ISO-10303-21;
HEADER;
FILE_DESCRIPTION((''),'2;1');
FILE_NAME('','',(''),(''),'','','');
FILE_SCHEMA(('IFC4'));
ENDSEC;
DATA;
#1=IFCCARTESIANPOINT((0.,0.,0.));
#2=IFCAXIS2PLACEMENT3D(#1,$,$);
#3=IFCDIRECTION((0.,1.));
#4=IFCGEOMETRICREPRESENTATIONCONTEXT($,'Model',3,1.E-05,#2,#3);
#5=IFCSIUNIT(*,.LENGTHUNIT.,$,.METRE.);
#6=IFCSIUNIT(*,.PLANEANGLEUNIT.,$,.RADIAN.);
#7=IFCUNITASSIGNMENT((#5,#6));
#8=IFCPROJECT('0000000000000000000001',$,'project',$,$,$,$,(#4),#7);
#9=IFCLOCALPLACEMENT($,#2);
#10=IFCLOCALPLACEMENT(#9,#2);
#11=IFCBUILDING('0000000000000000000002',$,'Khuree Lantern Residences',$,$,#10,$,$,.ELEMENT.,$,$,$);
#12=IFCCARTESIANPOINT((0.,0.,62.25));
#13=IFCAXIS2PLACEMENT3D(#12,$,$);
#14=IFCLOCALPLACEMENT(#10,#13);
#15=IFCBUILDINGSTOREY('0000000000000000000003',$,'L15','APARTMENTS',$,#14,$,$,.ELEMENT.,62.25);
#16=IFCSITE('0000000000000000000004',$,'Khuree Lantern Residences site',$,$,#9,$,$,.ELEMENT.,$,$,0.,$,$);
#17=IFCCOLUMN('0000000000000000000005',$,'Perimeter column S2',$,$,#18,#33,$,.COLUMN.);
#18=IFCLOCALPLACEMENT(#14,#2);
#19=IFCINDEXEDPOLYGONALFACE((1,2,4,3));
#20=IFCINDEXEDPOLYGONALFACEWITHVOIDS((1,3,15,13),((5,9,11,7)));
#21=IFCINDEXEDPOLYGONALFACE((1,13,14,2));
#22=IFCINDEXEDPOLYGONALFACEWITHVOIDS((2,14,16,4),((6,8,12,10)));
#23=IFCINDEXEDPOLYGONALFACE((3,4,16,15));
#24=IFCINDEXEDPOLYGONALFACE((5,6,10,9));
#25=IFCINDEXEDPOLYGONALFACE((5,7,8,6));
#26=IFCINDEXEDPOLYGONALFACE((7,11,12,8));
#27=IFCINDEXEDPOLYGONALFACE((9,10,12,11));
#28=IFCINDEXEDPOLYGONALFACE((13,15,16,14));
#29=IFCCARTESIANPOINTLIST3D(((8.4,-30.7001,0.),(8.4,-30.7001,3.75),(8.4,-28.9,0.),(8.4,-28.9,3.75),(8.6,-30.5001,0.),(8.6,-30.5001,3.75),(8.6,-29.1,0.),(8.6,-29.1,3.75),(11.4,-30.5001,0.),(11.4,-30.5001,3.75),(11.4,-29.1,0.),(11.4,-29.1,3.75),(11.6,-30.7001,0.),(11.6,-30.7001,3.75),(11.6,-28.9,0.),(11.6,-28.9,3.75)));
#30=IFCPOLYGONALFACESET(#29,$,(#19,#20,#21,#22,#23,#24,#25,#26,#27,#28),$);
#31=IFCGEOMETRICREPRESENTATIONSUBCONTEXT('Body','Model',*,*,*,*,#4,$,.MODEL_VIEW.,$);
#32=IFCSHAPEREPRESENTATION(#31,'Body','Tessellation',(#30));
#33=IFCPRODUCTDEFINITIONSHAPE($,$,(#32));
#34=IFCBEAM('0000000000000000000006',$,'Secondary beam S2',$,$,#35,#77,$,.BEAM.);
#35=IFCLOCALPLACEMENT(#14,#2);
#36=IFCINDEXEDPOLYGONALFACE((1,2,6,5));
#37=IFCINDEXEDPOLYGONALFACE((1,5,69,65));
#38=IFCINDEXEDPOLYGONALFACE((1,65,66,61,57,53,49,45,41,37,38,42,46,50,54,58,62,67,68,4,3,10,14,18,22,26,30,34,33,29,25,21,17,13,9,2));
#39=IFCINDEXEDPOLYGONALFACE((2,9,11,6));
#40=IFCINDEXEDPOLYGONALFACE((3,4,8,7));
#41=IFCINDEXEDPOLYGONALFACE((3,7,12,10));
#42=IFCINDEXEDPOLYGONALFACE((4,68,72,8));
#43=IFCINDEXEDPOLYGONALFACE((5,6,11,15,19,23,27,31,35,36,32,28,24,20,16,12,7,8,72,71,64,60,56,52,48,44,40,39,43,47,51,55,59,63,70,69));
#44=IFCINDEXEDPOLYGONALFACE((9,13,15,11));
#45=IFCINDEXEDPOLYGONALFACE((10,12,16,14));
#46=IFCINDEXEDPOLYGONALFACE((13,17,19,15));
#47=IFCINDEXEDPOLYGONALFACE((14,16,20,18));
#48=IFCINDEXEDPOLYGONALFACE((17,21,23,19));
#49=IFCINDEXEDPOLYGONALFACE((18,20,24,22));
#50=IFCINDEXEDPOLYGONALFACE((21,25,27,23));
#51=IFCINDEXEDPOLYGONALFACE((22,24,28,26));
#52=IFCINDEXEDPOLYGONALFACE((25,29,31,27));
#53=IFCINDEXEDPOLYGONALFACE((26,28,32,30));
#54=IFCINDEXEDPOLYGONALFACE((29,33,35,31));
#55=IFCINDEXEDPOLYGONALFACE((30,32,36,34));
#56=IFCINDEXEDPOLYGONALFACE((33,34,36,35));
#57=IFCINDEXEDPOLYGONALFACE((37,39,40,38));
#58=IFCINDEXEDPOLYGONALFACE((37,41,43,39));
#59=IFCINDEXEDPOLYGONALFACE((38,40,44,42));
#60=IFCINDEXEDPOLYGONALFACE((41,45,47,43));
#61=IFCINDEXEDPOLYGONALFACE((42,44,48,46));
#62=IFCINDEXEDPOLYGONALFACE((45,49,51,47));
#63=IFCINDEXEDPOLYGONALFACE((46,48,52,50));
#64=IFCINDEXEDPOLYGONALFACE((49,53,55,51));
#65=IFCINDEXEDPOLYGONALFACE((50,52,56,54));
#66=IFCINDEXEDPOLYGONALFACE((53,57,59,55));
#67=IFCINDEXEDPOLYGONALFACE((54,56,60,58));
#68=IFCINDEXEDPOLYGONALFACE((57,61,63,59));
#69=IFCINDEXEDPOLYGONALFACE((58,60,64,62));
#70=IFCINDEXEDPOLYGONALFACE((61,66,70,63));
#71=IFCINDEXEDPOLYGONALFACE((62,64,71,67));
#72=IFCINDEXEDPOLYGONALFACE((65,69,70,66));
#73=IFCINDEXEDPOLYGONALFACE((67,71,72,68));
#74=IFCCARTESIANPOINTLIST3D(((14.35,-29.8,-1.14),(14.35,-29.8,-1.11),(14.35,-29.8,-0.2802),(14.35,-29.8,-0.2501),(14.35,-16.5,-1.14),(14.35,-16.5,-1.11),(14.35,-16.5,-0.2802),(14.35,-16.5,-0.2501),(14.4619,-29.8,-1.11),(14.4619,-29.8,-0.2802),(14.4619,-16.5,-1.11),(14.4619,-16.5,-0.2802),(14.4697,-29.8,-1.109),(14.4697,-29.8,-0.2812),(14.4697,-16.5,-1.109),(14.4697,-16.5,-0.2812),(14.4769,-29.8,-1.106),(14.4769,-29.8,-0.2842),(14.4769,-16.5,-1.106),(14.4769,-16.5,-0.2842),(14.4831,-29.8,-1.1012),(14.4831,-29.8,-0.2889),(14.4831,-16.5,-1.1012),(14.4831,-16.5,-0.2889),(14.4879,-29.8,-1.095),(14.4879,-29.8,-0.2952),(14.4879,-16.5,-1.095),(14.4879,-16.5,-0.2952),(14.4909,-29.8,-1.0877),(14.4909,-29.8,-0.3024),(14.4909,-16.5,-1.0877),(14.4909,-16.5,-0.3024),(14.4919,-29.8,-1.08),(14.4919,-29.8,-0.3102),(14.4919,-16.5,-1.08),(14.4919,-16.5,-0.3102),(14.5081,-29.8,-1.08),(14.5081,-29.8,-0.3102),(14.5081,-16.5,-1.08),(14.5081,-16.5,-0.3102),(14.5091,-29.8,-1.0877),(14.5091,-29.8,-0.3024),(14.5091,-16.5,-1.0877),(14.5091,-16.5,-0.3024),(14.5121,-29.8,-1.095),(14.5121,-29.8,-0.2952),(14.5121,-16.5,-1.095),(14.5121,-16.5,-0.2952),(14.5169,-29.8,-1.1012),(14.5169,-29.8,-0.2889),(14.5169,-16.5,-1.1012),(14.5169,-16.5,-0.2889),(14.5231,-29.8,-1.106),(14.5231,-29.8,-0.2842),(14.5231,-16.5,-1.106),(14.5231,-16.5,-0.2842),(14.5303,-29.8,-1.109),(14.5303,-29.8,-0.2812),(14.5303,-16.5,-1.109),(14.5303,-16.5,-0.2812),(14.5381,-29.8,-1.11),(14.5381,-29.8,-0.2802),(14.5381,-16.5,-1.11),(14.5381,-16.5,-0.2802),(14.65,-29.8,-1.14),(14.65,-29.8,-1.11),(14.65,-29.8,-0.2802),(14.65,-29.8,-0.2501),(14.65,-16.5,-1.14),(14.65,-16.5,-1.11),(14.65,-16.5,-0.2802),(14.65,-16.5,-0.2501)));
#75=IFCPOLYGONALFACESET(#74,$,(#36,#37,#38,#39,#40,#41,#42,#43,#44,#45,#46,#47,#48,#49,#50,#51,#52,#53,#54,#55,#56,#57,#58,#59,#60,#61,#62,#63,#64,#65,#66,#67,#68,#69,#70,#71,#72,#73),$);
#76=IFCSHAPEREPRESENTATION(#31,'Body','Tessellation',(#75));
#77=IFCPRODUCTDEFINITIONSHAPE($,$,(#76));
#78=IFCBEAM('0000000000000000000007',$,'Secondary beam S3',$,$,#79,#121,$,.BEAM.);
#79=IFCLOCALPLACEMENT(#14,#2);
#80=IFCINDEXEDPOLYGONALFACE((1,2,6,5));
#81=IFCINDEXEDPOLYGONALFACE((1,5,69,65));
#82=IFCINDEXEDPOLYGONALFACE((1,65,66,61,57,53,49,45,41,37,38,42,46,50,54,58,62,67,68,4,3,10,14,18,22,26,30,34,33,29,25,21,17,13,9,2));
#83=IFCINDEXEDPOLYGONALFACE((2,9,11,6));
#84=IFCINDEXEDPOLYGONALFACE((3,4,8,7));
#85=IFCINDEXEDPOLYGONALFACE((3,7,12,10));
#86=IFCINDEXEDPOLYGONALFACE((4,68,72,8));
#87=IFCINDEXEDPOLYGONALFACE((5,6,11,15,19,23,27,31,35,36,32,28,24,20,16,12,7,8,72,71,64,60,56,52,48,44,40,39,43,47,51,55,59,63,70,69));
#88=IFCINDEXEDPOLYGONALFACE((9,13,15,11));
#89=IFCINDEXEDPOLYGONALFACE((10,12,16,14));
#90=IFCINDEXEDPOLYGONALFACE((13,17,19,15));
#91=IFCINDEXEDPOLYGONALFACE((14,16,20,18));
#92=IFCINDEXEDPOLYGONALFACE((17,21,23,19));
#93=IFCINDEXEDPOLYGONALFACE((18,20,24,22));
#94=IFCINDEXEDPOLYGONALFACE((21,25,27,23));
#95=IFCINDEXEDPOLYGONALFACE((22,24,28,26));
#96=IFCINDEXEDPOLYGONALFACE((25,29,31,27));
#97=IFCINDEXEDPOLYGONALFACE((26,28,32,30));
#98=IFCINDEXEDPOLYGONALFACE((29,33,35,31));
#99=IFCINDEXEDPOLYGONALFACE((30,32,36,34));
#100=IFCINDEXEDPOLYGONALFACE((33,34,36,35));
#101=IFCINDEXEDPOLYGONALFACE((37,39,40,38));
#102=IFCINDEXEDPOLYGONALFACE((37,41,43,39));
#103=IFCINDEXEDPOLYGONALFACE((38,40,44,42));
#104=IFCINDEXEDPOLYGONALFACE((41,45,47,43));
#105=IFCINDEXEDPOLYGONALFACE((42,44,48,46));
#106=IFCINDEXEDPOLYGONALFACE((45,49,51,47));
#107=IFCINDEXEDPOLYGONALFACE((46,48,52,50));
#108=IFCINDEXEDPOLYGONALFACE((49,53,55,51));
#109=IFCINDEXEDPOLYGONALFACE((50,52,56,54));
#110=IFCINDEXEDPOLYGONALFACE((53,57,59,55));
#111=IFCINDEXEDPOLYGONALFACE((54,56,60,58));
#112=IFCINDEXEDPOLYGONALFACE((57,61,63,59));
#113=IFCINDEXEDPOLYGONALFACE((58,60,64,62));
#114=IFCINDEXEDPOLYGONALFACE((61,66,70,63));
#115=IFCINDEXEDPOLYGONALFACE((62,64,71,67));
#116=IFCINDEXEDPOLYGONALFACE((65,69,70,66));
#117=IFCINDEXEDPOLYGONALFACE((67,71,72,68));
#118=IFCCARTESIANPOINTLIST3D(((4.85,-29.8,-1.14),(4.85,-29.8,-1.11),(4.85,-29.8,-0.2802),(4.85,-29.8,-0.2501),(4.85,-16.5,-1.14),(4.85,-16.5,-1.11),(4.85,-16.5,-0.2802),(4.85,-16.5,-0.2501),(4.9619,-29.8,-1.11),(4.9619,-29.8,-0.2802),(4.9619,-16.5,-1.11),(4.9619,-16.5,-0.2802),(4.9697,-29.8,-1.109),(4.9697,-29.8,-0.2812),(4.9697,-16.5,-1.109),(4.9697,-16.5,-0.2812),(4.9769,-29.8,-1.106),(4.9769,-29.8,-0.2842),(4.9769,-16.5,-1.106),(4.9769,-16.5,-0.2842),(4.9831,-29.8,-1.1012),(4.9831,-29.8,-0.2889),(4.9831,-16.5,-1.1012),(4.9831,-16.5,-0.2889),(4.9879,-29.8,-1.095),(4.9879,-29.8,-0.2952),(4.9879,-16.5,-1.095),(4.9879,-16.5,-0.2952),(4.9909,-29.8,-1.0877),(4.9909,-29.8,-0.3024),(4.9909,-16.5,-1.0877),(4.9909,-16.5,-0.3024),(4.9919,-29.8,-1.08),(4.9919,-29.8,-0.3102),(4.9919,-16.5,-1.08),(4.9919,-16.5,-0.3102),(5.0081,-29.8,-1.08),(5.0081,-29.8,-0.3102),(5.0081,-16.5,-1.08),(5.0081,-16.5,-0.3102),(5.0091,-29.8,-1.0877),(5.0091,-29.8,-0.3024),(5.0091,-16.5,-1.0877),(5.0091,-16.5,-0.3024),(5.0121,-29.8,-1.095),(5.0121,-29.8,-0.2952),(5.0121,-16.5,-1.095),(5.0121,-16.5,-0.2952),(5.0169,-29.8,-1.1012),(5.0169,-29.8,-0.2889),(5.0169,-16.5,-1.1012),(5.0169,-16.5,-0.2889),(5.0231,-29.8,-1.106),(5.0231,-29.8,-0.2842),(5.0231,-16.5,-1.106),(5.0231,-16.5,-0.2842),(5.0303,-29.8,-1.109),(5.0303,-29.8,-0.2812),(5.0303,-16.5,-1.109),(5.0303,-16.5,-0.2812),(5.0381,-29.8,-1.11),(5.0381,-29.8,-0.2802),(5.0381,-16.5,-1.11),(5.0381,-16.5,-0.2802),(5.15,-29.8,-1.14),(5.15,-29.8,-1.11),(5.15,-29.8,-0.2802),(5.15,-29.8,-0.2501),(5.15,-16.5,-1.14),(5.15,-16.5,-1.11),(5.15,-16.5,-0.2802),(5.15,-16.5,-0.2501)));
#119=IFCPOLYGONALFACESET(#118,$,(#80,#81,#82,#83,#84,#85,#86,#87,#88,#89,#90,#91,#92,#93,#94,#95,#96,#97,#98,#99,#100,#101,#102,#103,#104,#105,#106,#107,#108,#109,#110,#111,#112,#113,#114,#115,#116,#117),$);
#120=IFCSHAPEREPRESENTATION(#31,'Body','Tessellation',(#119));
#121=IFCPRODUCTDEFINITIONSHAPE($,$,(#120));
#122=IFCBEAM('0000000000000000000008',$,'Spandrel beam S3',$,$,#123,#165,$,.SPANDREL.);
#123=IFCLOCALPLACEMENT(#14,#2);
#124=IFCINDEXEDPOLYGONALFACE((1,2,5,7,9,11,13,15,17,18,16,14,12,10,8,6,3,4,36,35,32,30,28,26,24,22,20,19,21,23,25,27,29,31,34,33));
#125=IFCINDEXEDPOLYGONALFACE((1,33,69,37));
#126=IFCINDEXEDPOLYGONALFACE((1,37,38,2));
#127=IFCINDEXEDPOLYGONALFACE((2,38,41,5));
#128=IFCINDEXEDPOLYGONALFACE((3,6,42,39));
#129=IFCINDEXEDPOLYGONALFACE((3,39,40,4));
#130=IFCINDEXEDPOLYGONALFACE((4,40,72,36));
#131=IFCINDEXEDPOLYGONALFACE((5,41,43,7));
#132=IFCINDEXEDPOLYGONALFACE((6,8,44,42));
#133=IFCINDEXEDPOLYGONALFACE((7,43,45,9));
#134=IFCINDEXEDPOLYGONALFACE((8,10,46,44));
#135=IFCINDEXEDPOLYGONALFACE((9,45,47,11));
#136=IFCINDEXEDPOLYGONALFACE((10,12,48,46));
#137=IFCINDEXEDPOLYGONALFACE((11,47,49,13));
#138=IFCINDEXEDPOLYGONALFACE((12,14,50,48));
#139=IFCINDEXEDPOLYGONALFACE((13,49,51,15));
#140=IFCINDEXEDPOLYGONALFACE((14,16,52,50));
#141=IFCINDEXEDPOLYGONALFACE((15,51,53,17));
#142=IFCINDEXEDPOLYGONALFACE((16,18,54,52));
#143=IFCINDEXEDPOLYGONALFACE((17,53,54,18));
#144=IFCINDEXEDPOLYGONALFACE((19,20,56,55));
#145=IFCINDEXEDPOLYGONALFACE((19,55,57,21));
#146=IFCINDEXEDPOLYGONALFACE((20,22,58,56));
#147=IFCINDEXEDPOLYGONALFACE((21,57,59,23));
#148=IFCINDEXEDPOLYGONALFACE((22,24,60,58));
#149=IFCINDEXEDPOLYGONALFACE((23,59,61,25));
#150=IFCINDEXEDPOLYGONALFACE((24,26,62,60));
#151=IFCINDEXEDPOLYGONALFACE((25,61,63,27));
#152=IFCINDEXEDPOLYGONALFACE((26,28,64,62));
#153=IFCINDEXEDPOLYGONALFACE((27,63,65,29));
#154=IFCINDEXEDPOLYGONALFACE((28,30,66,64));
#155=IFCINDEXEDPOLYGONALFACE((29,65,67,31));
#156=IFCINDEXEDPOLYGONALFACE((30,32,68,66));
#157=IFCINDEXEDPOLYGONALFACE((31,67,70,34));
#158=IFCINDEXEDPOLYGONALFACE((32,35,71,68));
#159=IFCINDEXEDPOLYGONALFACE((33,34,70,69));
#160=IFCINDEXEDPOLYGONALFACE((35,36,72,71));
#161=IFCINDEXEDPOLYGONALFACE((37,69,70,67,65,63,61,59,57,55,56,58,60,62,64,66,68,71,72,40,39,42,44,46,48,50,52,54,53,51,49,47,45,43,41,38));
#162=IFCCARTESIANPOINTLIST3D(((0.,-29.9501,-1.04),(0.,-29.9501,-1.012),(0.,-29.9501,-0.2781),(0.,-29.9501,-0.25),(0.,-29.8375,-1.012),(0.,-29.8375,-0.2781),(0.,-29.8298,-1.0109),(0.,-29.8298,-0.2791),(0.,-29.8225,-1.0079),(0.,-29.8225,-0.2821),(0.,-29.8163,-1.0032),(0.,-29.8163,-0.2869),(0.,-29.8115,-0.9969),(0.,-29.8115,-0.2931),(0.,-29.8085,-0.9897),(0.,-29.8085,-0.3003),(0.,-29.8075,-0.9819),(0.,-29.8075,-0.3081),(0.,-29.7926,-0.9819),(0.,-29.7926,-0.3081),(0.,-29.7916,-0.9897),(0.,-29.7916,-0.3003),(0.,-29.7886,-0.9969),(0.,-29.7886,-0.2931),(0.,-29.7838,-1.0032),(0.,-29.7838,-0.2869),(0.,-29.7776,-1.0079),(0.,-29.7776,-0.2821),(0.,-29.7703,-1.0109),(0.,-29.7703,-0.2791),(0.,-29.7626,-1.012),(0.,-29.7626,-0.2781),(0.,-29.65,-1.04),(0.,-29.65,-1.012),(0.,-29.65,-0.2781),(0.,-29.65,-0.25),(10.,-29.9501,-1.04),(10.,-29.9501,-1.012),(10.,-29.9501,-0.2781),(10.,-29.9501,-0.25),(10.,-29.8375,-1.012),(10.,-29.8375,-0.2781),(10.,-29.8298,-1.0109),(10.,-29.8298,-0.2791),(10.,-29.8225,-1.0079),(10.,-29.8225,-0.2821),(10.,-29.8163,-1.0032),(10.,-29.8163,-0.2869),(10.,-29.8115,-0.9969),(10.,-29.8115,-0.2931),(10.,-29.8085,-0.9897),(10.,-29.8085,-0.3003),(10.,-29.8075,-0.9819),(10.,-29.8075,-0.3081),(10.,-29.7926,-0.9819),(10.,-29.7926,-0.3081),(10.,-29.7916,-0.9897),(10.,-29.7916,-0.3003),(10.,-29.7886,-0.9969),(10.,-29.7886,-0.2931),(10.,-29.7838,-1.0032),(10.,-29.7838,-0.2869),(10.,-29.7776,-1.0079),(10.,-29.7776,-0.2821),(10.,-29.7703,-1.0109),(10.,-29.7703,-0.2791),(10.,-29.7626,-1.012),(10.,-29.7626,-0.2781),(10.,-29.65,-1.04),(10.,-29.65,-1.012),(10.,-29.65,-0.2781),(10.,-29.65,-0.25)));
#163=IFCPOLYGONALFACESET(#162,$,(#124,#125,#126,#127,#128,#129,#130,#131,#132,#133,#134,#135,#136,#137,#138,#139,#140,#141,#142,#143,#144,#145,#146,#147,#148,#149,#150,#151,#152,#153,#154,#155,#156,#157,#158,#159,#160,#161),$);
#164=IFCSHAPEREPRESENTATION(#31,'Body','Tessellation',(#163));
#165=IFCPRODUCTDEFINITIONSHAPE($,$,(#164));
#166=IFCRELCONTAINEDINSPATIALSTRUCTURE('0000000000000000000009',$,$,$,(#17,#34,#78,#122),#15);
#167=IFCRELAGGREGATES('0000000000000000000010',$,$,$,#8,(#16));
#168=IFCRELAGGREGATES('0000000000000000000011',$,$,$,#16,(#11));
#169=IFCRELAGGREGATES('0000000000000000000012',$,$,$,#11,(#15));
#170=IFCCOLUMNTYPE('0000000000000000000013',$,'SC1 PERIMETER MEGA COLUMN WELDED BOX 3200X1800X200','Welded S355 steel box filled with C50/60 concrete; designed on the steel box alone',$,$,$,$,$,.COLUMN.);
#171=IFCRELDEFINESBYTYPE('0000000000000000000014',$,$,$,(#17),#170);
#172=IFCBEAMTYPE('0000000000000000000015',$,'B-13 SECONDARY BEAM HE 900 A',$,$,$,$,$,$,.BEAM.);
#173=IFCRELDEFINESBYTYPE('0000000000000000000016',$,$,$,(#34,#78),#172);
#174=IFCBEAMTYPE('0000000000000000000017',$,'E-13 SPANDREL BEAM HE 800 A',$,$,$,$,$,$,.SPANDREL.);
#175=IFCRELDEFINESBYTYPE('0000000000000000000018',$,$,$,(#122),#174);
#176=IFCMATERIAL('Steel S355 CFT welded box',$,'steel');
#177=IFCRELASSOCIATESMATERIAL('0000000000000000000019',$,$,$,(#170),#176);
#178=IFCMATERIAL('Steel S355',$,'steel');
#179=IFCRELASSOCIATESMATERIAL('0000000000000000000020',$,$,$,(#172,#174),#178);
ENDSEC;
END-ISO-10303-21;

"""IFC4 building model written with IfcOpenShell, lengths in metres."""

from ifc_helpers import new_model, si_unit, direction, frame, origin, origin_2d, place, context, subcontext, project, spatial, hollow_rectangle, i_section, extrude, material, material_profile, profile_set, type_object, element, save


model = new_model("IFC4")

# Units and contexts
model_context = context("Model", 3, precision=1e-05, world=origin(), true_north=direction((0.0, 1.0)))
body_context = subcontext(model_context, "Body", "Model", "MODEL_VIEW")
ifc_project = project(units=[si_unit("LENGTHUNIT", "METRE"), si_unit("PLANEANGLEUNIT", "RADIAN")], contexts=[model_context])

# Site, building, storey
site_placement = place(None, origin())
site = spatial("IfcSite", under=ifc_project, at=site_placement, Name="Khuree Lantern Residences site", CompositionType="ELEMENT", RefElevation=0.0)
building_placement = place(site_placement, origin())
building = spatial("IfcBuilding", under=site, at=building_placement, Name="Khuree Lantern Residences", CompositionType="ELEMENT")
storey_placement = place(building_placement, frame((0.0, 0.0, 62.25)))
storey = spatial("IfcBuildingStorey", under=building, at=storey_placement, Name="L15", Description="APARTMENTS", CompositionType="ELEMENT", Elevation=62.25)

# Column
ifc_material_1 = material(Name="Steel S355 CFT welded box", Category="steel")
ifc_material_profile_1 = material_profile(ifc_material_1, hollow_rectangle(XDim=3.2, YDim=1.8, WallThickness=0.2, at=origin_2d()), Name="WELDED BOX 3200X1800X200")
ifc_profile_set_1 = profile_set([ifc_material_profile_1], Name="Steel S355 CFT welded box")
column_type = type_object("IfcColumnType", Name="SC1 PERIMETER MEGA COLUMN WELDED BOX 3200X1800X200", Description="Welded S355 steel box filled with C50/60 concrete; designed on the steel box alone", PredefinedType="COLUMN", material=ifc_profile_set_1)
column_placement = place(storey_placement, frame((10.0, -29.8, 0.0), z_axis=(0.0, 0.0, 1.0), x_axis=(1.0, 0.0, 0.0)))
element("IfcColumn", 1, at=column_placement, inside=storey, type_object=column_type, Name="Perimeter column S2", PredefinedType="COLUMN", context=body_context, shape_type="SweptSolid", body=[
    extrude(hollow_rectangle(XDim=3.2, YDim=1.8, WallThickness=0.2, at=origin_2d()), origin(), (0.0, 0.0, 1.0), 3.75),
])

# Beams
ifc_material_2 = material(Name="Steel S355", Category="steel")
ifc_material_profile_2 = material_profile(ifc_material_2, i_section(OverallWidth=0.3, OverallDepth=0.8899, WebThickness=0.0161, FlangeThickness=0.03, FilletRadius=0.03, at=origin_2d()), Name="HE 900 A")
ifc_profile_set_2 = profile_set([ifc_material_profile_2], Name="Steel S355")
beam_type_1 = type_object("IfcBeamType", Name="B-13 SECONDARY BEAM HE 900 A", PredefinedType="BEAM", material=ifc_profile_set_2)
for number, where, z_axis, x_axis, name in (
    (2, (14.5, -29.8, -0.6951), (0.0, 1.0, 0.0), (-1.0, 0.0, 0.0), "Secondary beam S2"),
    (3, (5.0, -29.8, -0.6951), (0.0, 1.0, 0.0), (-1.0, 0.0, 0.0), "Secondary beam S3"),
):
    element("IfcBeam", number, at=place(storey_placement, frame(where, z_axis=z_axis, x_axis=x_axis)), inside=storey, type_object=beam_type_1, Name=name, PredefinedType="BEAM", context=body_context, shape_type="SweptSolid", body=[
        extrude(i_section(OverallWidth=0.3, OverallDepth=0.8899, WebThickness=0.0161, FlangeThickness=0.03, FilletRadius=0.03, at=origin_2d()), origin(), (0.0, 0.0, 1.0), 13.3),
    ])
ifc_material_profile_3 = material_profile(ifc_material_2, i_section(OverallWidth=0.3, OverallDepth=0.79, WebThickness=0.0149, FlangeThickness=0.0281, FilletRadius=0.03, at=origin_2d()), Name="HE 800 A")
ifc_profile_set_3 = profile_set([ifc_material_profile_3], Name="Steel S355")
beam_type_2 = type_object("IfcBeamType", Name="E-13 SPANDREL BEAM HE 800 A", PredefinedType="SPANDREL", material=ifc_profile_set_3)
for number, where, z_axis, x_axis, name in (
    (4, (10.0, -29.8, -0.645), (-1.0, 0.0, 0.0), (0.0, -1.0, 0.0), "Spandrel beam S3"),
):
    element("IfcBeam", number, at=place(storey_placement, frame(where, z_axis=z_axis, x_axis=x_axis)), inside=storey, type_object=beam_type_2, Name=name, PredefinedType="SPANDREL", context=body_context, shape_type="SweptSolid", body=[
        extrude(i_section(OverallWidth=0.3, OverallDepth=0.79, WebThickness=0.0149, FlangeThickness=0.0281, FilletRadius=0.03, at=origin_2d()), origin(), (0.0, 0.0, 1.0), 10.0),
    ])

save(model, "model.ifc")
